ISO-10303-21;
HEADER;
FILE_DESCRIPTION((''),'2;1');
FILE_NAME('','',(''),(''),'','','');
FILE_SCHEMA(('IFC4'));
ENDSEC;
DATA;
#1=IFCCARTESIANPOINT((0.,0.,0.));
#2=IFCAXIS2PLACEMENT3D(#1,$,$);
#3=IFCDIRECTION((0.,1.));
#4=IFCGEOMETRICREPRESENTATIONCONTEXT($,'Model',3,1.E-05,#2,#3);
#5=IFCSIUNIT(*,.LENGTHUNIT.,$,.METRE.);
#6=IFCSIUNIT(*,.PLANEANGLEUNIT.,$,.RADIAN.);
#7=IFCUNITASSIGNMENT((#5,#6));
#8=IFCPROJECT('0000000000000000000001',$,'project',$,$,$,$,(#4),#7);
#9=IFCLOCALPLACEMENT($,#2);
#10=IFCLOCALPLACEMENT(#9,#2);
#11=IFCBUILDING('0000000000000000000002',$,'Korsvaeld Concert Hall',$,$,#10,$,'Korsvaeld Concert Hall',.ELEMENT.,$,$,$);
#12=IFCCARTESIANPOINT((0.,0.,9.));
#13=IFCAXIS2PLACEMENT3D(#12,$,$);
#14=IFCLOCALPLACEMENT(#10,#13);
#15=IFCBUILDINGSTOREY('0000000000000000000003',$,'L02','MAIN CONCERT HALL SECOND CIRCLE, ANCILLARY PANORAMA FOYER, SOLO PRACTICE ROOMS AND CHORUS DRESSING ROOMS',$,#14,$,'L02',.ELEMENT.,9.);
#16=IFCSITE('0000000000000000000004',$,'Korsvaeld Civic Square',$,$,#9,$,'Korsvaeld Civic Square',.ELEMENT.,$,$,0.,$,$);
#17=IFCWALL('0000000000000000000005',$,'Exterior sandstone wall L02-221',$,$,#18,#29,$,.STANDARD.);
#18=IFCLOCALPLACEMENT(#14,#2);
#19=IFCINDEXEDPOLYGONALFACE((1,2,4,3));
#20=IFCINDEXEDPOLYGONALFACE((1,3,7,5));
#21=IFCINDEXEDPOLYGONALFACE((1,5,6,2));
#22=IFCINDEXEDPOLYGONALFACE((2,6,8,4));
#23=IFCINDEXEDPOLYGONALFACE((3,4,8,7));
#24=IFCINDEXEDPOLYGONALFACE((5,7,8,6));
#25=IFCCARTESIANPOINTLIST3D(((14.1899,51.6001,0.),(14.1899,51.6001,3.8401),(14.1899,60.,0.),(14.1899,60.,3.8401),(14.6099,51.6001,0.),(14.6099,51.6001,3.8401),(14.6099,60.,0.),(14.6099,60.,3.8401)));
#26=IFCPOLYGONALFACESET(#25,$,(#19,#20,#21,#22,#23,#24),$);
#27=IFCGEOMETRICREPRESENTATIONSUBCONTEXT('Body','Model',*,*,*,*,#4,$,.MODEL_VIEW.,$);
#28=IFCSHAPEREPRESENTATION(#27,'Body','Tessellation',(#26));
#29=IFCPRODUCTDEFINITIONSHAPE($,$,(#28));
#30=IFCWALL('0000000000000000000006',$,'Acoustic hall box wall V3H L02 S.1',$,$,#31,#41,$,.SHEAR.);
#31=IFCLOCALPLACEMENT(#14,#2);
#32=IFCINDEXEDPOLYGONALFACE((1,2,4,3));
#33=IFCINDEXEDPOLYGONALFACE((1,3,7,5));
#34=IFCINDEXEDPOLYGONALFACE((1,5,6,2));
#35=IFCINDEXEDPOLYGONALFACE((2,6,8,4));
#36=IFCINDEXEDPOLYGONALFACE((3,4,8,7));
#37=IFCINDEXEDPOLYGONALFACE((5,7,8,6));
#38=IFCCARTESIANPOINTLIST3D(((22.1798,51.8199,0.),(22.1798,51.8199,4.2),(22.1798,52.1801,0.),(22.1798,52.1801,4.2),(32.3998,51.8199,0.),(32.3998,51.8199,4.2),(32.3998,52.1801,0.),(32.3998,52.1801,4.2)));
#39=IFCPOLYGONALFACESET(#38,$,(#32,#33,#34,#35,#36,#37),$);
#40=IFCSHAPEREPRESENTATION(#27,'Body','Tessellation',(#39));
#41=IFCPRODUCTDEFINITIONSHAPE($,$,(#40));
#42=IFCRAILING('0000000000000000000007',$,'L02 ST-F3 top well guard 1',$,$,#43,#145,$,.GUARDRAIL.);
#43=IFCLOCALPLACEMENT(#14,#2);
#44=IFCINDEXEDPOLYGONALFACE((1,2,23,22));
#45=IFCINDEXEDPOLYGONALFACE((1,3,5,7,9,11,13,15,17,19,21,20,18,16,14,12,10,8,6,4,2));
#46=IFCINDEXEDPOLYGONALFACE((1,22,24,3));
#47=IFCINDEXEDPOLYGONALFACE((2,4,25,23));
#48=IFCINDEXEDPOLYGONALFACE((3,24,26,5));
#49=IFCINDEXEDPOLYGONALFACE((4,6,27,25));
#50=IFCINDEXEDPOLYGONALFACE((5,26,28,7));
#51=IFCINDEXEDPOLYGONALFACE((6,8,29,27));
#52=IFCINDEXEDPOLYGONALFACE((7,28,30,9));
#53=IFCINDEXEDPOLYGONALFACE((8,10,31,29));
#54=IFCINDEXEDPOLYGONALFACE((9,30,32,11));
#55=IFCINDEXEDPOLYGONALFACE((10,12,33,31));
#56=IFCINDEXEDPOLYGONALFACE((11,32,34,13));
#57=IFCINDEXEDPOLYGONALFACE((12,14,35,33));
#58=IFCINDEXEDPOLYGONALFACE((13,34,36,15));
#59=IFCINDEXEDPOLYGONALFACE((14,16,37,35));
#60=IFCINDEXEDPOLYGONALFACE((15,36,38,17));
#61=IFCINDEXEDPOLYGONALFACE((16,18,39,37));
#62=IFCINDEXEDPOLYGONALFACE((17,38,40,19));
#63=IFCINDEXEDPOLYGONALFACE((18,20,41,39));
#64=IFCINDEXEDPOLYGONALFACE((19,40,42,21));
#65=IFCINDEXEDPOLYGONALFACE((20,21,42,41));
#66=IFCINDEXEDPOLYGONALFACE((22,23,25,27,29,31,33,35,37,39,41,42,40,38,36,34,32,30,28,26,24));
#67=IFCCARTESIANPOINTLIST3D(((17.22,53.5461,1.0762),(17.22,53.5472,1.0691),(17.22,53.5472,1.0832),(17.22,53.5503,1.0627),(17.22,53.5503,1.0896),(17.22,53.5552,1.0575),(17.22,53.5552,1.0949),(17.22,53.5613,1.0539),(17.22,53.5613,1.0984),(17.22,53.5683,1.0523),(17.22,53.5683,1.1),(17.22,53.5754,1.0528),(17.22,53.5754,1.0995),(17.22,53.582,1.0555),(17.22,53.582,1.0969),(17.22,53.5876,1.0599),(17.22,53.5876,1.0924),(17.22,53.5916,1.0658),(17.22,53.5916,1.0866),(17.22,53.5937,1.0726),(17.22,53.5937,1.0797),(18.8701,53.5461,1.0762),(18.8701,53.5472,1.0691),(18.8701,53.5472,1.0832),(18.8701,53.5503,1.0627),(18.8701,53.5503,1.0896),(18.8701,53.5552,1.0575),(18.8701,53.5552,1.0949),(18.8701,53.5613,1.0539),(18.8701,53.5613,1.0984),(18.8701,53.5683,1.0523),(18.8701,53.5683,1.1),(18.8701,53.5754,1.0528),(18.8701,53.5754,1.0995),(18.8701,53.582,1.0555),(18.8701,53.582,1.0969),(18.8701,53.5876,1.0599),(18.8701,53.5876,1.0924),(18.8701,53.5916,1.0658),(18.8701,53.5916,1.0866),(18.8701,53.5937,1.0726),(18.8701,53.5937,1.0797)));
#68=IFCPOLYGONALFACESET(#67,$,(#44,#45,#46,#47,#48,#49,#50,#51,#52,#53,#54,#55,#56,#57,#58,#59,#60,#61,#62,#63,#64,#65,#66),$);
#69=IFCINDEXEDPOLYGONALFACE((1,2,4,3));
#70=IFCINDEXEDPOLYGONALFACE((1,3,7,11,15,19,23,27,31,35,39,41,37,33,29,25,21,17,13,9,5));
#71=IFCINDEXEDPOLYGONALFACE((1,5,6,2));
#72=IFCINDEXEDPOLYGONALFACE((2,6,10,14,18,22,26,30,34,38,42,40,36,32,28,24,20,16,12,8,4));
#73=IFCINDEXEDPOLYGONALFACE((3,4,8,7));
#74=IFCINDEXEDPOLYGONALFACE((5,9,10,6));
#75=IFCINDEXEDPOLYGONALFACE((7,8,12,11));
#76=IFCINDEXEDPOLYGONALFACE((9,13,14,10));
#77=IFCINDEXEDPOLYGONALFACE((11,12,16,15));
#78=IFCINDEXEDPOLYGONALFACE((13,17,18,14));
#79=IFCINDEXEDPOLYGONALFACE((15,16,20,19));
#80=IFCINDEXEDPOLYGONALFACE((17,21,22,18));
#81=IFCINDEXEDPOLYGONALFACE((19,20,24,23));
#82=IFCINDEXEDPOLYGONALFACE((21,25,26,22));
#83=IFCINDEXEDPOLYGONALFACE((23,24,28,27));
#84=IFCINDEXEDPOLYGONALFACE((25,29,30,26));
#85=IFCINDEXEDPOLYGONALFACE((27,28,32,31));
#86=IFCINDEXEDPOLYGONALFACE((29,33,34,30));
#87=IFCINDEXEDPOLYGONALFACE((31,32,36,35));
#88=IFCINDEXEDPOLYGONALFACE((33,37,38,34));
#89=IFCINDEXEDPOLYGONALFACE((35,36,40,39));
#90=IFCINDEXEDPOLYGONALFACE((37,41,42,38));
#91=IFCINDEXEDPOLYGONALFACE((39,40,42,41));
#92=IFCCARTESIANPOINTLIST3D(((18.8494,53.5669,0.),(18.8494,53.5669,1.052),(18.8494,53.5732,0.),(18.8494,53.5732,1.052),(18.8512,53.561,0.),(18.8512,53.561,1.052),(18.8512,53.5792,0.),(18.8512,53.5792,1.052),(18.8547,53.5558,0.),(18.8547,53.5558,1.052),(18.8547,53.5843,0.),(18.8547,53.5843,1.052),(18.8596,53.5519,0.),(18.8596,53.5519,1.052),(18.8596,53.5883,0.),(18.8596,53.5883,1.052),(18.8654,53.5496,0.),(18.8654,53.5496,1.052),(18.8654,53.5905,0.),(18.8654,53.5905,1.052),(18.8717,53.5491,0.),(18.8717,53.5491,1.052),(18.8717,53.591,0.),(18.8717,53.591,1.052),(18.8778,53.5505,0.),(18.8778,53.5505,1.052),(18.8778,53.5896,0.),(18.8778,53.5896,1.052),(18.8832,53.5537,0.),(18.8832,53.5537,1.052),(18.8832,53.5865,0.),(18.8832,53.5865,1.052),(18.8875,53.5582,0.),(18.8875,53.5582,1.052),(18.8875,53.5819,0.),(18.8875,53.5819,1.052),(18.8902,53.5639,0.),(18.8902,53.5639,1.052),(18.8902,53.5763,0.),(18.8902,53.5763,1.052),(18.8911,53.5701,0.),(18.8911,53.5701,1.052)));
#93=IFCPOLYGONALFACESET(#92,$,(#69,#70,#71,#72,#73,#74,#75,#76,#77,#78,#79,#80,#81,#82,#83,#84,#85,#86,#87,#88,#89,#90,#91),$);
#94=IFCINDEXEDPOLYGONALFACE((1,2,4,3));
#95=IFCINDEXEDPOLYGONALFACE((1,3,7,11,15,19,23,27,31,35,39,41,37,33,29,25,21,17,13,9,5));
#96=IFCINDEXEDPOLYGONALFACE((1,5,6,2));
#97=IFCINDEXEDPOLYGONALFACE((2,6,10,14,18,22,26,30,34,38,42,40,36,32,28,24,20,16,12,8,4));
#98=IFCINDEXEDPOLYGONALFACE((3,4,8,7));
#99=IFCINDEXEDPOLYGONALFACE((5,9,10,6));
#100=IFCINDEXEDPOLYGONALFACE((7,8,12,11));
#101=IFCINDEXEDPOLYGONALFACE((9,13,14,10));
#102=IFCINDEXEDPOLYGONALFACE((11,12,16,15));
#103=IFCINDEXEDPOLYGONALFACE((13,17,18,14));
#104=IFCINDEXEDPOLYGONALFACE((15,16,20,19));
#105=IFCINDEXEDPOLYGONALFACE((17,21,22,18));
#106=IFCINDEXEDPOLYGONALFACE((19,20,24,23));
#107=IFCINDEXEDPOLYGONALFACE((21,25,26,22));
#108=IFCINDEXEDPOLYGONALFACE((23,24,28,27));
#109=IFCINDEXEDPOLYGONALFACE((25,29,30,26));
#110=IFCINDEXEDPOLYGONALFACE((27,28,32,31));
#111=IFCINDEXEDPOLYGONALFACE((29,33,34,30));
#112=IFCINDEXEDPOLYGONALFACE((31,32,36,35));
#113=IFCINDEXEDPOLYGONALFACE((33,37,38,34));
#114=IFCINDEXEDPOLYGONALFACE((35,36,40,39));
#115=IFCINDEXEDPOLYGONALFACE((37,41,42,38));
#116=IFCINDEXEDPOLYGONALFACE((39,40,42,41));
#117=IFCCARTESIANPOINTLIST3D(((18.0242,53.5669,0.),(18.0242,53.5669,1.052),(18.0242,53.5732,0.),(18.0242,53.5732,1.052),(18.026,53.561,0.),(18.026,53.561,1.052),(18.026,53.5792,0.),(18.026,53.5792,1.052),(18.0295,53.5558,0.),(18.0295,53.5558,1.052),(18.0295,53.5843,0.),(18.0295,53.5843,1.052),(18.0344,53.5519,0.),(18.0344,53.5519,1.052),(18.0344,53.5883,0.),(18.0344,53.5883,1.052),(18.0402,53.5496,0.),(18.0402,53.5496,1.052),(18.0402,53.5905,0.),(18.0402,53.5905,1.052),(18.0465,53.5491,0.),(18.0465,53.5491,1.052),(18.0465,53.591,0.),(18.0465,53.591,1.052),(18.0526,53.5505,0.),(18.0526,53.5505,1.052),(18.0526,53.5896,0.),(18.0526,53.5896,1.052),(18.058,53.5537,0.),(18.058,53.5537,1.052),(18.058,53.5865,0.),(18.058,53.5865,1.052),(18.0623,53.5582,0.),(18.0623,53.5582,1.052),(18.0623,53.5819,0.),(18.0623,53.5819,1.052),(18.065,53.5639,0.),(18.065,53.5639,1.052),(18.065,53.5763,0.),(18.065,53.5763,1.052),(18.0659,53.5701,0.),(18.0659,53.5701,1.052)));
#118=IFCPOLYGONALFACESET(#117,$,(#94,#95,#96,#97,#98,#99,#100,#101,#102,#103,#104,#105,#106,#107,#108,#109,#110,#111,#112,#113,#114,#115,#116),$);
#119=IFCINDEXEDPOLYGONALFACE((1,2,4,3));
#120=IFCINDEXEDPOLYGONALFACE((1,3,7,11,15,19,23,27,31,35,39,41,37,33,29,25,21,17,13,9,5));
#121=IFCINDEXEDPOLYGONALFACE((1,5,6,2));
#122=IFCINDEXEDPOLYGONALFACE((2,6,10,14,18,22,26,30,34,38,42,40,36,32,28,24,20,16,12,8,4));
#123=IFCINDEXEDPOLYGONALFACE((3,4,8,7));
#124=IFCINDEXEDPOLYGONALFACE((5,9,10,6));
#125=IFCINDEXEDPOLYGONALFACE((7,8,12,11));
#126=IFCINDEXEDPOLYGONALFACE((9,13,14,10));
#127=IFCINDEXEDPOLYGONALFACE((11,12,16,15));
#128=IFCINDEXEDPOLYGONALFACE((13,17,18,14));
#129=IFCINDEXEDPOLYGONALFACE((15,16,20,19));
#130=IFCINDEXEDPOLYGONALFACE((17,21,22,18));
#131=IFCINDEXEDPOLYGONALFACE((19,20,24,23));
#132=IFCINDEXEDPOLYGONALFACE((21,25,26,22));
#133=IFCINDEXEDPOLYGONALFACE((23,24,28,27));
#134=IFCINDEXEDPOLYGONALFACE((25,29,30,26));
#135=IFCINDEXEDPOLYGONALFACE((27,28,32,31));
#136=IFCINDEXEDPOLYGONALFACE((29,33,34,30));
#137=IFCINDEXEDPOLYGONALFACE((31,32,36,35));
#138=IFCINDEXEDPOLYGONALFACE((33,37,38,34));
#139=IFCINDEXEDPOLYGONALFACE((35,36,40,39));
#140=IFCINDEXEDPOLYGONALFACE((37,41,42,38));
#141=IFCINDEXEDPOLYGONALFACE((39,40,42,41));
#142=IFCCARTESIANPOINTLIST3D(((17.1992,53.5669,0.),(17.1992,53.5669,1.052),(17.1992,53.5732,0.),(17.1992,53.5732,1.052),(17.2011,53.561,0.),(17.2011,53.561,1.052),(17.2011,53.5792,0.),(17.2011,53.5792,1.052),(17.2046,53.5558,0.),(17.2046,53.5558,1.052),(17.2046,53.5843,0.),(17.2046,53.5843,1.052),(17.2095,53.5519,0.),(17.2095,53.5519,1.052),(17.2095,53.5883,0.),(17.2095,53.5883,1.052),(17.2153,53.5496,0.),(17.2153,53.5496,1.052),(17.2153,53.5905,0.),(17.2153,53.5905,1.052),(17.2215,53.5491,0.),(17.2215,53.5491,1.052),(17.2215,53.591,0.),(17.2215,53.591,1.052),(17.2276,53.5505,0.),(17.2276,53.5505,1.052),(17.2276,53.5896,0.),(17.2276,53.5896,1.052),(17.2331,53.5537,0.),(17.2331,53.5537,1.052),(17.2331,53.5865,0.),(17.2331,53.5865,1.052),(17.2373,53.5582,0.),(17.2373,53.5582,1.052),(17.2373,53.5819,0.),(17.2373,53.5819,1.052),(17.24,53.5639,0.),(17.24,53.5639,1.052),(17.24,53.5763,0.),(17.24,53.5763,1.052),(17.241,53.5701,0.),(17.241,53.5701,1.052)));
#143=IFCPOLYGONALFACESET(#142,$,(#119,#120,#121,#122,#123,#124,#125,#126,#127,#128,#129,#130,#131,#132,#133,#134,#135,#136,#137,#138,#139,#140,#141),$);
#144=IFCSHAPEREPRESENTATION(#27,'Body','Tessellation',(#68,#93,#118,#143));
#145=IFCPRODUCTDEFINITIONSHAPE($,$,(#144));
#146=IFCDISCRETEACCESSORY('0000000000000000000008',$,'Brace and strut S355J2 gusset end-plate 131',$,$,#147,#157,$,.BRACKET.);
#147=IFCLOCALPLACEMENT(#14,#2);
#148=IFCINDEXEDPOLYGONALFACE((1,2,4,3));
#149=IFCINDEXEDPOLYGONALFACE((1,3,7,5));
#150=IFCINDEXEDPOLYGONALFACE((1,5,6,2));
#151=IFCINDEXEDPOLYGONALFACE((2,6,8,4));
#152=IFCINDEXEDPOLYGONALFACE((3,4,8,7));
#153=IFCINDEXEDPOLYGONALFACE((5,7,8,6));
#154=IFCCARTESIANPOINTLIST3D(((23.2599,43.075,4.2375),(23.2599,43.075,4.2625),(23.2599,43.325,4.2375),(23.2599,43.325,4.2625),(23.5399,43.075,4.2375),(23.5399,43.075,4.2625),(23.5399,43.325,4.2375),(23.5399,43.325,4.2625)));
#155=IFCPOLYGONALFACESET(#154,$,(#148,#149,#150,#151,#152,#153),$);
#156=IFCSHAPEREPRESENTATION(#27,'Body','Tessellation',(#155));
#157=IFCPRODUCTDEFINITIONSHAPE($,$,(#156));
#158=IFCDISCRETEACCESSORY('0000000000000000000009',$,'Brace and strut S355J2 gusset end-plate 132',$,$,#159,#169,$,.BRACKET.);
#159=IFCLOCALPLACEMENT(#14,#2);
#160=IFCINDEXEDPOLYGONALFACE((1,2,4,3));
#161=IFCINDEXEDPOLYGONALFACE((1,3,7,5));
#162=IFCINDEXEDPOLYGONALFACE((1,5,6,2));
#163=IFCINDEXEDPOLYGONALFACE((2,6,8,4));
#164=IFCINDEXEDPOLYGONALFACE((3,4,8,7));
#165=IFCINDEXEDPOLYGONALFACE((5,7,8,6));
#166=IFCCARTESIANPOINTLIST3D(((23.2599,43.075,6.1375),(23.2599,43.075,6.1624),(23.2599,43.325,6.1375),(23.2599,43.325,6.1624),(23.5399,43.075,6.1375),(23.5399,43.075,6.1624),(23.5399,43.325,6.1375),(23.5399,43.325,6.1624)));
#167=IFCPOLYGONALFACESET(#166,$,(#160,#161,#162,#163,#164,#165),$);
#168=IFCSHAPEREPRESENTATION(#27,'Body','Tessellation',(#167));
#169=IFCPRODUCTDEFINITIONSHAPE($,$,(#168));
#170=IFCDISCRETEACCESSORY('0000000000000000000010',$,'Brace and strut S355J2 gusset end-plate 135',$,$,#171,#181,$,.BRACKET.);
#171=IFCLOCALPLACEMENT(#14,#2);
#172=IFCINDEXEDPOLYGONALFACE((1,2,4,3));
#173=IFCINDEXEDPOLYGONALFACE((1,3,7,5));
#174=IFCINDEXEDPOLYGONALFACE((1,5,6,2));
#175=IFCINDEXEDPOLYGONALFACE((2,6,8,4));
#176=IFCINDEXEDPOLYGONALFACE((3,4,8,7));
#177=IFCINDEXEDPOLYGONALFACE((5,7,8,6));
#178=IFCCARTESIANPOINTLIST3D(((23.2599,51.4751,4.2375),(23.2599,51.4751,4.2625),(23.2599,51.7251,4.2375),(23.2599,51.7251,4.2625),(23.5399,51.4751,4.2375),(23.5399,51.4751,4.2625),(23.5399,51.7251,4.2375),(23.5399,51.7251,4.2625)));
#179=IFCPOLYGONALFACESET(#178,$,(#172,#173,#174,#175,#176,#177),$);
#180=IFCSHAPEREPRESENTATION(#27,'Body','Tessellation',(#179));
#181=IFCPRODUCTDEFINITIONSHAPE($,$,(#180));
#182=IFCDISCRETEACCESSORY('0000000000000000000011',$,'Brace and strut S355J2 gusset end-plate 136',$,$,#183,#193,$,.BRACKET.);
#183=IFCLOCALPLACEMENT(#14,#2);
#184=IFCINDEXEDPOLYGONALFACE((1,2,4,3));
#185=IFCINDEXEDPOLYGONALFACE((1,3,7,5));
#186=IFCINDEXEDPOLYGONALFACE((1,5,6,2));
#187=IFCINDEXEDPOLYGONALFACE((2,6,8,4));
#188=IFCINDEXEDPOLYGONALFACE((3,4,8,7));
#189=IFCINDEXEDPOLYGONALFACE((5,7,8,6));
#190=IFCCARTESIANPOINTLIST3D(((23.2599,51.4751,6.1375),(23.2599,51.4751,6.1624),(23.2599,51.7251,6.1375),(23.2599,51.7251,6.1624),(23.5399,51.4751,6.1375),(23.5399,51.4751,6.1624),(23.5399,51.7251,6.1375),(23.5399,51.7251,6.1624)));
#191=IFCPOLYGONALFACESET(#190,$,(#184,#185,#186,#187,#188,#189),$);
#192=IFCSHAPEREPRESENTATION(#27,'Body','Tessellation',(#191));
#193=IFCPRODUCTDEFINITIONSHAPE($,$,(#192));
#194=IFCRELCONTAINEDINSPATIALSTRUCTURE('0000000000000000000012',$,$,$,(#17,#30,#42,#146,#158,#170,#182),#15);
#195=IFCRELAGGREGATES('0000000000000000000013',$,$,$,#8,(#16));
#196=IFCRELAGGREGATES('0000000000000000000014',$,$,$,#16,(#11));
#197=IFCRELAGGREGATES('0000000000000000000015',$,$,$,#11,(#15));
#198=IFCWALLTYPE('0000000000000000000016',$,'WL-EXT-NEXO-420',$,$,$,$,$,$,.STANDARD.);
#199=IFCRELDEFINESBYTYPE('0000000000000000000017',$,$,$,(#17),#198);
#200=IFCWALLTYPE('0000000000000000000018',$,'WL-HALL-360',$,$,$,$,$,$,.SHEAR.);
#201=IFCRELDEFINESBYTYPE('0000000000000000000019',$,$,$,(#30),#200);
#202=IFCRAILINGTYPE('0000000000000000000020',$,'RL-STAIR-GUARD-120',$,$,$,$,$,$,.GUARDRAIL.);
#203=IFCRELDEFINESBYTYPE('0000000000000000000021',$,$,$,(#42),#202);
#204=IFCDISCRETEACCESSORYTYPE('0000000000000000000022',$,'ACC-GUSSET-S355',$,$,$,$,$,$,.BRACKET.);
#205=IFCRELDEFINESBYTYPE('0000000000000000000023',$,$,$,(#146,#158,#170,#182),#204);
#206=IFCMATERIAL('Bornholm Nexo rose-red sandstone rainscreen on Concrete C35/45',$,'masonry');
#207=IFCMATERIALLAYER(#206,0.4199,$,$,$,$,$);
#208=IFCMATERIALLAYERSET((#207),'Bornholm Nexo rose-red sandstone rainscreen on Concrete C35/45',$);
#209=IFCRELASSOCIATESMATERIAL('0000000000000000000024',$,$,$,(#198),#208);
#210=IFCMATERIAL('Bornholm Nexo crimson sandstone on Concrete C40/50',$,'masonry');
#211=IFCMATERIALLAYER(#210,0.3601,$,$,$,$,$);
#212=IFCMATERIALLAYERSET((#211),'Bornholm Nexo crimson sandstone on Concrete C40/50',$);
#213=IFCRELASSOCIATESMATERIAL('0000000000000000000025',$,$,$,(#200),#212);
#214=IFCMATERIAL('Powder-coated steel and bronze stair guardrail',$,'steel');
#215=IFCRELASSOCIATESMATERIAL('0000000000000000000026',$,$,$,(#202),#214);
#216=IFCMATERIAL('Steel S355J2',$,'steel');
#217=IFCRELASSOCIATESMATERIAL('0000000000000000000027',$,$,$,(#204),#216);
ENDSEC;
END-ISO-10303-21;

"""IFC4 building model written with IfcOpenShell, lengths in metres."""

from ifc_helpers import new_model, si_unit, direction, frame, frame_2d, origin, origin_2d, place, context, subcontext, project, spatial, rectangle, circle, extrude, material, layer, layer_set, type_object, element, save


model = new_model("IFC4")

# Units and contexts
model_context = context("Model", 3, precision=1e-05, world=origin(), true_north=direction((0.0, 1.0)))
body_context = subcontext(model_context, "Body", "Model", "MODEL_VIEW")
ifc_project = project(units=[si_unit("LENGTHUNIT", "METRE"), si_unit("PLANEANGLEUNIT", "RADIAN")], contexts=[model_context])

# Site, building, storey
site_placement = place(None, origin())
site = spatial("IfcSite", under=ifc_project, at=site_placement, Name="Korsvaeld Civic Square", LongName="Korsvaeld Civic Square", CompositionType="ELEMENT", RefElevation=0.0)
building_placement = place(site_placement, origin())
building = spatial("IfcBuilding", under=site, at=building_placement, Name="Korsvaeld Concert Hall", LongName="Korsvaeld Concert Hall", CompositionType="ELEMENT")
storey_placement = place(building_placement, frame((0.0, 0.0, 9.0)))
storey = spatial("IfcBuildingStorey", under=building, at=storey_placement, Name="L02", Description="MAIN CONCERT HALL SECOND CIRCLE, ANCILLARY PANORAMA FOYER, SOLO PRACTICE ROOMS AND CHORUS DRESSING ROOMS", LongName="L02", CompositionType="ELEMENT", Elevation=9.0)

# Shared definitions
ifc_material_1 = material(Name="Steel S355J2", Category="steel")

# Walls
ifc_material_2 = material(Name="Bornholm Nexo rose-red sandstone rainscreen on Concrete C35/45", Category="masonry")
ifc_layer_1 = layer(ifc_material_2, 0.4199)
ifc_layer_set_1 = layer_set([ifc_layer_1], Name="Bornholm Nexo rose-red sandstone rainscreen on Concrete C35/45")
wall_type_1 = type_object("IfcWallType", Name="WL-EXT-NEXO-420", PredefinedType="STANDARD", material=ifc_layer_set_1)
wall_1_placement = place(storey_placement, frame((14.3999, 51.6001, 0.0), z_axis=(0.0, 0.0, 1.0), x_axis=(0.0, 1.0, 0.0)))
element("IfcWall", 1, at=wall_1_placement, inside=storey, type_object=wall_type_1, Name="Exterior sandstone wall L02-221", PredefinedType="STANDARD", context=body_context, shape_type="SweptSolid", body=[
    extrude(rectangle(XDim=8.3999, YDim=0.4199, at=frame_2d((4.2, 0.0))), origin(), (0.0, 0.0, 1.0), 3.8401),
])
ifc_material_3 = material(Name="Bornholm Nexo crimson sandstone on Concrete C40/50", Category="masonry")
ifc_layer_2 = layer(ifc_material_3, 0.3601)
ifc_layer_set_2 = layer_set([ifc_layer_2], Name="Bornholm Nexo crimson sandstone on Concrete C40/50")
wall_type_2 = type_object("IfcWallType", Name="WL-HALL-360", PredefinedType="SHEAR", material=ifc_layer_set_2)
wall_2_placement = place(storey_placement, frame((22.1799, 52.0, 0.0), z_axis=(0.0, 0.0, 1.0), x_axis=(1.0, 0.0, 0.0)))
element("IfcWall", 2, at=wall_2_placement, inside=storey, type_object=wall_type_2, Name="Acoustic hall box wall V3H L02 S.1", PredefinedType="SHEAR", context=body_context, shape_type="SweptSolid", body=[
    extrude(rectangle(XDim=10.22, YDim=0.3601, at=frame_2d((5.1099, 0.0))), origin(), (0.0, 0.0, 1.0), 4.2),
])

# Railing
ifc_material_4 = material(Name="Powder-coated steel and bronze stair guardrail", Category="steel")
railing_type = type_object("IfcRailingType", Name="RL-STAIR-GUARD-120", PredefinedType="GUARDRAIL", material=ifc_material_4)
railing_placement = place(storey_placement, frame((18.8701, 53.5701, 0.0)))
element("IfcRailing", 3, at=railing_placement, inside=storey, type_object=railing_type, Name="L02 ST-F3 top well guard 1", PredefinedType="GUARDRAIL", context=body_context, shape_type="SweptSolid", body=[
    extrude(circle(Radius=0.0239, at=origin_2d()), frame((0.0, 0.0, 1.0762), z_axis=(-1.0, 0.0, 0.0), x_axis=(0.0, -1.0, 0.0)), (0.0, 0.0, 1.0), 1.6501),
    extrude(circle(Radius=0.021, at=origin_2d()), origin(), (0.0, 0.0, 1.0), 1.052),
    extrude(circle(Radius=0.021, at=origin_2d()), frame((-0.8252, 0.0, 0.0)), (0.0, 0.0, 1.0), 1.052),
    extrude(circle(Radius=0.021, at=origin_2d()), frame((-1.6501, 0.0, 0.0)), (0.0, 0.0, 1.0), 1.052),
])

# Discrete accessories
discrete_accessory_type = type_object("IfcDiscreteAccessoryType", Name="ACC-GUSSET-S355", PredefinedType="BRACKET", material=ifc_material_1)
for number, where, z_axis, x_axis, name in (
    (4, (23.3999, 43.2, 4.2375), (0.0, 0.0, 1.0), (1.0, 0.0, 0.0), "Brace and strut S355J2 gusset end-plate 131"),
    (5, (23.3999, 43.2, 6.1375), (0.0, 0.0, 1.0), (1.0, 0.0, 0.0), "Brace and strut S355J2 gusset end-plate 132"),
    (6, (23.3999, 51.6001, 4.2375), (0.0, 0.0, 1.0), (1.0, 0.0, 0.0), "Brace and strut S355J2 gusset end-plate 135"),
    (7, (23.3999, 51.6001, 6.1375), (0.0, 0.0, 1.0), (1.0, 0.0, 0.0), "Brace and strut S355J2 gusset end-plate 136"),
):
    element("IfcDiscreteAccessory", number, at=place(storey_placement, frame(where, z_axis=z_axis, x_axis=x_axis)), inside=storey, type_object=discrete_accessory_type, Name=name, PredefinedType="BRACKET", context=body_context, shape_type="SweptSolid", body=[
        extrude(rectangle(XDim=0.28, YDim=0.25, at=origin_2d()), origin(), (0.0, 0.0, 1.0), 0.0249),
    ])

save(model, "model.ifc")
